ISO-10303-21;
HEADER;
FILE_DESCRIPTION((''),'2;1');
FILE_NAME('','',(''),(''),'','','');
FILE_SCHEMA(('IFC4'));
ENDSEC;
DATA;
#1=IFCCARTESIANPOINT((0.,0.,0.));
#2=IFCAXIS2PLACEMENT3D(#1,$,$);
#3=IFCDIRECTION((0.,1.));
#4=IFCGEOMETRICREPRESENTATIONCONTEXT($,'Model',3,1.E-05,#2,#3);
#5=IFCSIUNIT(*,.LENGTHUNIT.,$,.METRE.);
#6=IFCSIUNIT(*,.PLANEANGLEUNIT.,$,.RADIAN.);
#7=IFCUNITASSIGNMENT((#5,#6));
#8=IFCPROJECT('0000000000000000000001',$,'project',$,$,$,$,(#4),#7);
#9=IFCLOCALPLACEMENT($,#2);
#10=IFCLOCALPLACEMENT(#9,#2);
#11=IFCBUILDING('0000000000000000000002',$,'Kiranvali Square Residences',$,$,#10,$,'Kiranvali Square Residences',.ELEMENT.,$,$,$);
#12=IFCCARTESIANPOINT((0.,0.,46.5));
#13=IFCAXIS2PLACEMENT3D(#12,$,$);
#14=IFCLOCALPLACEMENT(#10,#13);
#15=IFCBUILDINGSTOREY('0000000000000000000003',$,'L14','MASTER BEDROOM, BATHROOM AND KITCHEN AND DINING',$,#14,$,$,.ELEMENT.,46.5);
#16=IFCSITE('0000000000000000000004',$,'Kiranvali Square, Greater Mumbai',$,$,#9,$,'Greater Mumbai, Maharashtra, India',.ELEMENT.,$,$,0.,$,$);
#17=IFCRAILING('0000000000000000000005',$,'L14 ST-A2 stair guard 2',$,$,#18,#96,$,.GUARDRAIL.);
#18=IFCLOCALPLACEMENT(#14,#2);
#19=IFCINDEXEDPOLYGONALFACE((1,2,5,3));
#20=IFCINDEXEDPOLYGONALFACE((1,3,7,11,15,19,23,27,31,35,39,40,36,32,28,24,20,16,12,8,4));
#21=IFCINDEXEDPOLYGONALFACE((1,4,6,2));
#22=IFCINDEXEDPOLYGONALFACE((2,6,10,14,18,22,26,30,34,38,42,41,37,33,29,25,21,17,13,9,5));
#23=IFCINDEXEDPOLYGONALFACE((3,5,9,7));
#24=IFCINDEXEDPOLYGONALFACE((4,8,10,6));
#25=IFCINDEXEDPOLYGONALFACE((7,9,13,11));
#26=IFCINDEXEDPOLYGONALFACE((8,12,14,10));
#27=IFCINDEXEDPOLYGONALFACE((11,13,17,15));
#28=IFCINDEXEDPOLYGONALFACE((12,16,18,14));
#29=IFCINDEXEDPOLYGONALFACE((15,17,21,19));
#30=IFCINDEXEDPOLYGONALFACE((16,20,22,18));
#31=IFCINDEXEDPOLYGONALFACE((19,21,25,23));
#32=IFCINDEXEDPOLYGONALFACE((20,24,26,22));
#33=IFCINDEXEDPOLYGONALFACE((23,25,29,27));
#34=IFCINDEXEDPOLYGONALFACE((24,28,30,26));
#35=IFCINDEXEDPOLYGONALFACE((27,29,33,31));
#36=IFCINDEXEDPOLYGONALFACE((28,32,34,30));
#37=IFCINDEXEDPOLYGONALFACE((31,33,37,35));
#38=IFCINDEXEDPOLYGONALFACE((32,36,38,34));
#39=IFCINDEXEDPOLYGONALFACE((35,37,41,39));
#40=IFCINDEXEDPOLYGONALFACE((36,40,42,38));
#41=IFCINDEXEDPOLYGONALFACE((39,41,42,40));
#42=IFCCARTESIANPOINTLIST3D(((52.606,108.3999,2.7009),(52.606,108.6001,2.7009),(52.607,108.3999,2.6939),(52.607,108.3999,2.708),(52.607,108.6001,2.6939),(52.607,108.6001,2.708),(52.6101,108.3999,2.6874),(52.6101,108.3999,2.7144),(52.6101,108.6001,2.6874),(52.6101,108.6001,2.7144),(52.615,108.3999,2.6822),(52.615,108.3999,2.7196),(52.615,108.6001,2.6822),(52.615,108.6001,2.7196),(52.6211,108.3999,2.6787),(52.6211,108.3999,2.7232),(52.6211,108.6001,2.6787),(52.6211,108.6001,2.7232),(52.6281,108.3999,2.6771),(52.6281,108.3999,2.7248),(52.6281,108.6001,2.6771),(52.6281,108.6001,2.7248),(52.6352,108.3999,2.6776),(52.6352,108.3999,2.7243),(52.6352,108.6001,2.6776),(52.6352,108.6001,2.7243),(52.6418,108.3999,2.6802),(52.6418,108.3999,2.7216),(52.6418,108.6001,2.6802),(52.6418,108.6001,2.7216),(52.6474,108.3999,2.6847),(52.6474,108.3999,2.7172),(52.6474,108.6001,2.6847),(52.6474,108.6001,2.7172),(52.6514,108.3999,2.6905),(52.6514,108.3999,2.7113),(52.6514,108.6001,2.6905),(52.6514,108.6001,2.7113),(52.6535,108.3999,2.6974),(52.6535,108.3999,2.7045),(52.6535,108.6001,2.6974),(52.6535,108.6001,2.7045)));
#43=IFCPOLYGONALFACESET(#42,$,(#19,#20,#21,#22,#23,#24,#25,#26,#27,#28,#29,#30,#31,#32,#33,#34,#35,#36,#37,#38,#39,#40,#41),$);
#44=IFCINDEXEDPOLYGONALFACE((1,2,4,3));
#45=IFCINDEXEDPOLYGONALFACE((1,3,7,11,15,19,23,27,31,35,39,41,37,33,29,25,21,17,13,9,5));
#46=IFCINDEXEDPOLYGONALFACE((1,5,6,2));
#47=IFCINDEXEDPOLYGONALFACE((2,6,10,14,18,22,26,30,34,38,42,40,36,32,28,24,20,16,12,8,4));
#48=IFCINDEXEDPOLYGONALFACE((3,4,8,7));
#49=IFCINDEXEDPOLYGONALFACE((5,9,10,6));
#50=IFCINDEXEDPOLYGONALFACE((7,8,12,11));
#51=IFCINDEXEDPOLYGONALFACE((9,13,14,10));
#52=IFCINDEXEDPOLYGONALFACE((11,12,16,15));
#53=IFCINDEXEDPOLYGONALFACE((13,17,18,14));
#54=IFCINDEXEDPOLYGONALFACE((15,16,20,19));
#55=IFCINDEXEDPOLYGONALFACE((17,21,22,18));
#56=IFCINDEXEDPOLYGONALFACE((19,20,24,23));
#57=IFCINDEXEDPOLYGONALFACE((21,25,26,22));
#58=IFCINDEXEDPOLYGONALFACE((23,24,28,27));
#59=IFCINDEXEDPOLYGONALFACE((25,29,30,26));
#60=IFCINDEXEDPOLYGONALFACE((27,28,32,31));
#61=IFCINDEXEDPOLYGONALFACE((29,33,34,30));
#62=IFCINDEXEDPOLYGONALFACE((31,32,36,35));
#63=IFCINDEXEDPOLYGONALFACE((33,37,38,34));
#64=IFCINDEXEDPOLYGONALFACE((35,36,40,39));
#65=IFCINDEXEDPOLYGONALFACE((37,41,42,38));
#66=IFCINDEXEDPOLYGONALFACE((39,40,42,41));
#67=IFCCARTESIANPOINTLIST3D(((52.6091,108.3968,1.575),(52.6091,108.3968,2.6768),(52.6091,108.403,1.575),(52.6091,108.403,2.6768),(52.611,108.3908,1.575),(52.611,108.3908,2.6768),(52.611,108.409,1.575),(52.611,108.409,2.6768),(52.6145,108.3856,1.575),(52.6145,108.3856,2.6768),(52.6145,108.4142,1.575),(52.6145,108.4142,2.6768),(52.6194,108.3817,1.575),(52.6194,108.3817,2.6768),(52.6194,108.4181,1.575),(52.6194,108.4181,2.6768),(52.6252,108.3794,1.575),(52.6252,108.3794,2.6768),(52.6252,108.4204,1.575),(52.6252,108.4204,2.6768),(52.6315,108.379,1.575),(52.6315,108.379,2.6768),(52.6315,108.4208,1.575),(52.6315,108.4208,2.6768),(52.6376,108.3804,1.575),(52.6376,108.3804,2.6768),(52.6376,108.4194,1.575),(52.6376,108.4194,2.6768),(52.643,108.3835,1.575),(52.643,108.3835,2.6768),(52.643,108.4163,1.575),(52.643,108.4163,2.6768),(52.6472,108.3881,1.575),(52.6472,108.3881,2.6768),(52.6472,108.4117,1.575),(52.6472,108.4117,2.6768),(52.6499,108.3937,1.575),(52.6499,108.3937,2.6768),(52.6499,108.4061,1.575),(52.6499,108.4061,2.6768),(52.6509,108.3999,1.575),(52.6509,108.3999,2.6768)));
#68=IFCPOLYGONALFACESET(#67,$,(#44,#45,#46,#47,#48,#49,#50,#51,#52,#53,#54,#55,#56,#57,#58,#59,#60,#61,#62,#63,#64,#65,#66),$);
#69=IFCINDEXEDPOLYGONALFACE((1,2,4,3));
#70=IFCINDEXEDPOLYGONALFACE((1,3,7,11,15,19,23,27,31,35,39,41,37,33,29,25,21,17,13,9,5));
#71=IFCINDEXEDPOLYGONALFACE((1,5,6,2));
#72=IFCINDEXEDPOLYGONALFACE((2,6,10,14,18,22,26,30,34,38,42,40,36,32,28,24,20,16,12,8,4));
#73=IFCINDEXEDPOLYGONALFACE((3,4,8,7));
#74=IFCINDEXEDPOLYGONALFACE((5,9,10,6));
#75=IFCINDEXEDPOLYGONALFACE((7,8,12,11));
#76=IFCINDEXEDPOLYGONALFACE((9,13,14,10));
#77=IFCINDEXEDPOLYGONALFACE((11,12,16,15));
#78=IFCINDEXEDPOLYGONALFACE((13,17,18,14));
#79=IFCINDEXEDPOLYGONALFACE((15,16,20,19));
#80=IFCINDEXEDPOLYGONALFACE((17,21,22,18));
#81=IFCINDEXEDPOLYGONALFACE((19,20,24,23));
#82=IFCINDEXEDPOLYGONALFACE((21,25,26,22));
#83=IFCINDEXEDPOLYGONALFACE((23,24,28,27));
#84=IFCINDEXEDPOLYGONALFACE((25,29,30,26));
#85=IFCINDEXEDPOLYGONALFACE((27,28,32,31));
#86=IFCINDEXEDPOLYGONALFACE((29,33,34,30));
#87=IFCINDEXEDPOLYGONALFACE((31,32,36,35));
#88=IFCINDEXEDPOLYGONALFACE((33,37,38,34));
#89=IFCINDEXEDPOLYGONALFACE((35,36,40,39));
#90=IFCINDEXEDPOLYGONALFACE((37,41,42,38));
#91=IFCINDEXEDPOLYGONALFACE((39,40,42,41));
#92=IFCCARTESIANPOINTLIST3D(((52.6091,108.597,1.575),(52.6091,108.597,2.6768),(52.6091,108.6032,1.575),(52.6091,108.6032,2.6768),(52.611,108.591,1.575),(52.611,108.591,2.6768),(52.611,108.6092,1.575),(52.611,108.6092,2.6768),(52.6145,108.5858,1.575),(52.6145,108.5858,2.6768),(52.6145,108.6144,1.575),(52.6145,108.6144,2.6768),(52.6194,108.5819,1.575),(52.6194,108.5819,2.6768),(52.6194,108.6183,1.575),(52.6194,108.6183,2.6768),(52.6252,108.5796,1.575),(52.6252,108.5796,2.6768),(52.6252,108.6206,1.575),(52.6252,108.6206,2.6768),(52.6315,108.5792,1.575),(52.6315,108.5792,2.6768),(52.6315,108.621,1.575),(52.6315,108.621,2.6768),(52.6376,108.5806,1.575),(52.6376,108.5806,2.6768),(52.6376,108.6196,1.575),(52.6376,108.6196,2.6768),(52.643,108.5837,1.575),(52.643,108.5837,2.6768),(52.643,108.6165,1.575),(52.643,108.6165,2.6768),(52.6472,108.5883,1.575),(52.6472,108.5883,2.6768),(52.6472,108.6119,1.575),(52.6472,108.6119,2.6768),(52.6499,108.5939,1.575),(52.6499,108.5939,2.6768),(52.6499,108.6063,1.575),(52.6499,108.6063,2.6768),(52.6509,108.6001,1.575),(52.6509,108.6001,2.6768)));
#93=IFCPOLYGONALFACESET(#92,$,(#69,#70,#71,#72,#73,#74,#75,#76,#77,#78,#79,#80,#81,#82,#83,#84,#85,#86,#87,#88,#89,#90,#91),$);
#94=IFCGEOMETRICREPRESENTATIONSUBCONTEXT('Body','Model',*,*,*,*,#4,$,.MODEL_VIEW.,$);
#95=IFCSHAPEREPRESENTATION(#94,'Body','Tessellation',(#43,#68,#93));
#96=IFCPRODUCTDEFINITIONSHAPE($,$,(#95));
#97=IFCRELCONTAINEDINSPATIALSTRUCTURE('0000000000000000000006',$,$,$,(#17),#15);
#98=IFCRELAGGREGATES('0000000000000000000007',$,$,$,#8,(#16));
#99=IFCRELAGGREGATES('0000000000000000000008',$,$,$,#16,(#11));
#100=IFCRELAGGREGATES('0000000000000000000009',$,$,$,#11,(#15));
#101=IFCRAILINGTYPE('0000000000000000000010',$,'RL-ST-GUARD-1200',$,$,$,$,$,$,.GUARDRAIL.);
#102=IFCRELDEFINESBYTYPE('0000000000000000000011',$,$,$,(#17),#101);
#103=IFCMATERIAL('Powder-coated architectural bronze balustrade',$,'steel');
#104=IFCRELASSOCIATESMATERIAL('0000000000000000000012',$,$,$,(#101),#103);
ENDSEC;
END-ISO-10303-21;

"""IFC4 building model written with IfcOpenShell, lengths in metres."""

from ifc_helpers import new_model, si_unit, direction, frame, origin, origin_2d, place, context, subcontext, project, spatial, circle, extrude, material, type_object, element, save


model = new_model("IFC4")

# Units and contexts
model_context = context("Model", 3, precision=1e-05, world=origin(), true_north=direction((0.0, 1.0)))
body_context = subcontext(model_context, "Body", "Model", "MODEL_VIEW")
ifc_project = project(units=[si_unit("LENGTHUNIT", "METRE"), si_unit("PLANEANGLEUNIT", "RADIAN")], contexts=[model_context])

# Site, building, storey
site_placement = place(None, origin())
site = spatial("IfcSite", under=ifc_project, at=site_placement, Name="Kiranvali Square, Greater Mumbai", LongName="Greater Mumbai, Maharashtra, India", CompositionType="ELEMENT", RefElevation=0.0)
building_placement = place(site_placement, origin())
building = spatial("IfcBuilding", under=site, at=building_placement, Name="Kiranvali Square Residences", LongName="Kiranvali Square Residences", CompositionType="ELEMENT")
storey_placement = place(building_placement, frame((0.0, 0.0, 46.5)))
storey = spatial("IfcBuildingStorey", under=building, at=storey_placement, Name="L14", Description="MASTER BEDROOM, BATHROOM AND KITCHEN AND DINING", CompositionType="ELEMENT", Elevation=46.5)

# Railing
ifc_material_1 = material(Name="Powder-coated architectural bronze balustrade", Category="steel")
railing_type_1 = type_object("IfcRailingType", Name="RL-ST-GUARD-1200", PredefinedType="GUARDRAIL", material=ifc_material_1)
railing_1_placement = place(storey_placement, frame((52.6299, 108.3999, 1.575)))
element("IfcRailing", 1, at=railing_1_placement, inside=storey, type_object=railing_type_1, Name="L14 ST-A2 stair guard 2", PredefinedType="GUARDRAIL", context=body_context, shape_type="SweptSolid", body=[
    extrude(circle(Radius=0.0239, at=origin_2d()), frame((0.0, 0.0, 1.126), z_axis=(0.0, 1.0, 0.0), x_axis=(-1.0, 0.0, 0.0)), (0.0, 0.0, 1.0), 0.2002),
    extrude(circle(Radius=0.021, at=origin_2d()), origin(), (0.0, 0.0, 1.0), 1.1018),
    extrude(circle(Radius=0.021, at=origin_2d()), frame((0.0, 0.2002, 0.0)), (0.0, 0.0, 1.0), 1.1018),
])

save(model, "model.ifc")
